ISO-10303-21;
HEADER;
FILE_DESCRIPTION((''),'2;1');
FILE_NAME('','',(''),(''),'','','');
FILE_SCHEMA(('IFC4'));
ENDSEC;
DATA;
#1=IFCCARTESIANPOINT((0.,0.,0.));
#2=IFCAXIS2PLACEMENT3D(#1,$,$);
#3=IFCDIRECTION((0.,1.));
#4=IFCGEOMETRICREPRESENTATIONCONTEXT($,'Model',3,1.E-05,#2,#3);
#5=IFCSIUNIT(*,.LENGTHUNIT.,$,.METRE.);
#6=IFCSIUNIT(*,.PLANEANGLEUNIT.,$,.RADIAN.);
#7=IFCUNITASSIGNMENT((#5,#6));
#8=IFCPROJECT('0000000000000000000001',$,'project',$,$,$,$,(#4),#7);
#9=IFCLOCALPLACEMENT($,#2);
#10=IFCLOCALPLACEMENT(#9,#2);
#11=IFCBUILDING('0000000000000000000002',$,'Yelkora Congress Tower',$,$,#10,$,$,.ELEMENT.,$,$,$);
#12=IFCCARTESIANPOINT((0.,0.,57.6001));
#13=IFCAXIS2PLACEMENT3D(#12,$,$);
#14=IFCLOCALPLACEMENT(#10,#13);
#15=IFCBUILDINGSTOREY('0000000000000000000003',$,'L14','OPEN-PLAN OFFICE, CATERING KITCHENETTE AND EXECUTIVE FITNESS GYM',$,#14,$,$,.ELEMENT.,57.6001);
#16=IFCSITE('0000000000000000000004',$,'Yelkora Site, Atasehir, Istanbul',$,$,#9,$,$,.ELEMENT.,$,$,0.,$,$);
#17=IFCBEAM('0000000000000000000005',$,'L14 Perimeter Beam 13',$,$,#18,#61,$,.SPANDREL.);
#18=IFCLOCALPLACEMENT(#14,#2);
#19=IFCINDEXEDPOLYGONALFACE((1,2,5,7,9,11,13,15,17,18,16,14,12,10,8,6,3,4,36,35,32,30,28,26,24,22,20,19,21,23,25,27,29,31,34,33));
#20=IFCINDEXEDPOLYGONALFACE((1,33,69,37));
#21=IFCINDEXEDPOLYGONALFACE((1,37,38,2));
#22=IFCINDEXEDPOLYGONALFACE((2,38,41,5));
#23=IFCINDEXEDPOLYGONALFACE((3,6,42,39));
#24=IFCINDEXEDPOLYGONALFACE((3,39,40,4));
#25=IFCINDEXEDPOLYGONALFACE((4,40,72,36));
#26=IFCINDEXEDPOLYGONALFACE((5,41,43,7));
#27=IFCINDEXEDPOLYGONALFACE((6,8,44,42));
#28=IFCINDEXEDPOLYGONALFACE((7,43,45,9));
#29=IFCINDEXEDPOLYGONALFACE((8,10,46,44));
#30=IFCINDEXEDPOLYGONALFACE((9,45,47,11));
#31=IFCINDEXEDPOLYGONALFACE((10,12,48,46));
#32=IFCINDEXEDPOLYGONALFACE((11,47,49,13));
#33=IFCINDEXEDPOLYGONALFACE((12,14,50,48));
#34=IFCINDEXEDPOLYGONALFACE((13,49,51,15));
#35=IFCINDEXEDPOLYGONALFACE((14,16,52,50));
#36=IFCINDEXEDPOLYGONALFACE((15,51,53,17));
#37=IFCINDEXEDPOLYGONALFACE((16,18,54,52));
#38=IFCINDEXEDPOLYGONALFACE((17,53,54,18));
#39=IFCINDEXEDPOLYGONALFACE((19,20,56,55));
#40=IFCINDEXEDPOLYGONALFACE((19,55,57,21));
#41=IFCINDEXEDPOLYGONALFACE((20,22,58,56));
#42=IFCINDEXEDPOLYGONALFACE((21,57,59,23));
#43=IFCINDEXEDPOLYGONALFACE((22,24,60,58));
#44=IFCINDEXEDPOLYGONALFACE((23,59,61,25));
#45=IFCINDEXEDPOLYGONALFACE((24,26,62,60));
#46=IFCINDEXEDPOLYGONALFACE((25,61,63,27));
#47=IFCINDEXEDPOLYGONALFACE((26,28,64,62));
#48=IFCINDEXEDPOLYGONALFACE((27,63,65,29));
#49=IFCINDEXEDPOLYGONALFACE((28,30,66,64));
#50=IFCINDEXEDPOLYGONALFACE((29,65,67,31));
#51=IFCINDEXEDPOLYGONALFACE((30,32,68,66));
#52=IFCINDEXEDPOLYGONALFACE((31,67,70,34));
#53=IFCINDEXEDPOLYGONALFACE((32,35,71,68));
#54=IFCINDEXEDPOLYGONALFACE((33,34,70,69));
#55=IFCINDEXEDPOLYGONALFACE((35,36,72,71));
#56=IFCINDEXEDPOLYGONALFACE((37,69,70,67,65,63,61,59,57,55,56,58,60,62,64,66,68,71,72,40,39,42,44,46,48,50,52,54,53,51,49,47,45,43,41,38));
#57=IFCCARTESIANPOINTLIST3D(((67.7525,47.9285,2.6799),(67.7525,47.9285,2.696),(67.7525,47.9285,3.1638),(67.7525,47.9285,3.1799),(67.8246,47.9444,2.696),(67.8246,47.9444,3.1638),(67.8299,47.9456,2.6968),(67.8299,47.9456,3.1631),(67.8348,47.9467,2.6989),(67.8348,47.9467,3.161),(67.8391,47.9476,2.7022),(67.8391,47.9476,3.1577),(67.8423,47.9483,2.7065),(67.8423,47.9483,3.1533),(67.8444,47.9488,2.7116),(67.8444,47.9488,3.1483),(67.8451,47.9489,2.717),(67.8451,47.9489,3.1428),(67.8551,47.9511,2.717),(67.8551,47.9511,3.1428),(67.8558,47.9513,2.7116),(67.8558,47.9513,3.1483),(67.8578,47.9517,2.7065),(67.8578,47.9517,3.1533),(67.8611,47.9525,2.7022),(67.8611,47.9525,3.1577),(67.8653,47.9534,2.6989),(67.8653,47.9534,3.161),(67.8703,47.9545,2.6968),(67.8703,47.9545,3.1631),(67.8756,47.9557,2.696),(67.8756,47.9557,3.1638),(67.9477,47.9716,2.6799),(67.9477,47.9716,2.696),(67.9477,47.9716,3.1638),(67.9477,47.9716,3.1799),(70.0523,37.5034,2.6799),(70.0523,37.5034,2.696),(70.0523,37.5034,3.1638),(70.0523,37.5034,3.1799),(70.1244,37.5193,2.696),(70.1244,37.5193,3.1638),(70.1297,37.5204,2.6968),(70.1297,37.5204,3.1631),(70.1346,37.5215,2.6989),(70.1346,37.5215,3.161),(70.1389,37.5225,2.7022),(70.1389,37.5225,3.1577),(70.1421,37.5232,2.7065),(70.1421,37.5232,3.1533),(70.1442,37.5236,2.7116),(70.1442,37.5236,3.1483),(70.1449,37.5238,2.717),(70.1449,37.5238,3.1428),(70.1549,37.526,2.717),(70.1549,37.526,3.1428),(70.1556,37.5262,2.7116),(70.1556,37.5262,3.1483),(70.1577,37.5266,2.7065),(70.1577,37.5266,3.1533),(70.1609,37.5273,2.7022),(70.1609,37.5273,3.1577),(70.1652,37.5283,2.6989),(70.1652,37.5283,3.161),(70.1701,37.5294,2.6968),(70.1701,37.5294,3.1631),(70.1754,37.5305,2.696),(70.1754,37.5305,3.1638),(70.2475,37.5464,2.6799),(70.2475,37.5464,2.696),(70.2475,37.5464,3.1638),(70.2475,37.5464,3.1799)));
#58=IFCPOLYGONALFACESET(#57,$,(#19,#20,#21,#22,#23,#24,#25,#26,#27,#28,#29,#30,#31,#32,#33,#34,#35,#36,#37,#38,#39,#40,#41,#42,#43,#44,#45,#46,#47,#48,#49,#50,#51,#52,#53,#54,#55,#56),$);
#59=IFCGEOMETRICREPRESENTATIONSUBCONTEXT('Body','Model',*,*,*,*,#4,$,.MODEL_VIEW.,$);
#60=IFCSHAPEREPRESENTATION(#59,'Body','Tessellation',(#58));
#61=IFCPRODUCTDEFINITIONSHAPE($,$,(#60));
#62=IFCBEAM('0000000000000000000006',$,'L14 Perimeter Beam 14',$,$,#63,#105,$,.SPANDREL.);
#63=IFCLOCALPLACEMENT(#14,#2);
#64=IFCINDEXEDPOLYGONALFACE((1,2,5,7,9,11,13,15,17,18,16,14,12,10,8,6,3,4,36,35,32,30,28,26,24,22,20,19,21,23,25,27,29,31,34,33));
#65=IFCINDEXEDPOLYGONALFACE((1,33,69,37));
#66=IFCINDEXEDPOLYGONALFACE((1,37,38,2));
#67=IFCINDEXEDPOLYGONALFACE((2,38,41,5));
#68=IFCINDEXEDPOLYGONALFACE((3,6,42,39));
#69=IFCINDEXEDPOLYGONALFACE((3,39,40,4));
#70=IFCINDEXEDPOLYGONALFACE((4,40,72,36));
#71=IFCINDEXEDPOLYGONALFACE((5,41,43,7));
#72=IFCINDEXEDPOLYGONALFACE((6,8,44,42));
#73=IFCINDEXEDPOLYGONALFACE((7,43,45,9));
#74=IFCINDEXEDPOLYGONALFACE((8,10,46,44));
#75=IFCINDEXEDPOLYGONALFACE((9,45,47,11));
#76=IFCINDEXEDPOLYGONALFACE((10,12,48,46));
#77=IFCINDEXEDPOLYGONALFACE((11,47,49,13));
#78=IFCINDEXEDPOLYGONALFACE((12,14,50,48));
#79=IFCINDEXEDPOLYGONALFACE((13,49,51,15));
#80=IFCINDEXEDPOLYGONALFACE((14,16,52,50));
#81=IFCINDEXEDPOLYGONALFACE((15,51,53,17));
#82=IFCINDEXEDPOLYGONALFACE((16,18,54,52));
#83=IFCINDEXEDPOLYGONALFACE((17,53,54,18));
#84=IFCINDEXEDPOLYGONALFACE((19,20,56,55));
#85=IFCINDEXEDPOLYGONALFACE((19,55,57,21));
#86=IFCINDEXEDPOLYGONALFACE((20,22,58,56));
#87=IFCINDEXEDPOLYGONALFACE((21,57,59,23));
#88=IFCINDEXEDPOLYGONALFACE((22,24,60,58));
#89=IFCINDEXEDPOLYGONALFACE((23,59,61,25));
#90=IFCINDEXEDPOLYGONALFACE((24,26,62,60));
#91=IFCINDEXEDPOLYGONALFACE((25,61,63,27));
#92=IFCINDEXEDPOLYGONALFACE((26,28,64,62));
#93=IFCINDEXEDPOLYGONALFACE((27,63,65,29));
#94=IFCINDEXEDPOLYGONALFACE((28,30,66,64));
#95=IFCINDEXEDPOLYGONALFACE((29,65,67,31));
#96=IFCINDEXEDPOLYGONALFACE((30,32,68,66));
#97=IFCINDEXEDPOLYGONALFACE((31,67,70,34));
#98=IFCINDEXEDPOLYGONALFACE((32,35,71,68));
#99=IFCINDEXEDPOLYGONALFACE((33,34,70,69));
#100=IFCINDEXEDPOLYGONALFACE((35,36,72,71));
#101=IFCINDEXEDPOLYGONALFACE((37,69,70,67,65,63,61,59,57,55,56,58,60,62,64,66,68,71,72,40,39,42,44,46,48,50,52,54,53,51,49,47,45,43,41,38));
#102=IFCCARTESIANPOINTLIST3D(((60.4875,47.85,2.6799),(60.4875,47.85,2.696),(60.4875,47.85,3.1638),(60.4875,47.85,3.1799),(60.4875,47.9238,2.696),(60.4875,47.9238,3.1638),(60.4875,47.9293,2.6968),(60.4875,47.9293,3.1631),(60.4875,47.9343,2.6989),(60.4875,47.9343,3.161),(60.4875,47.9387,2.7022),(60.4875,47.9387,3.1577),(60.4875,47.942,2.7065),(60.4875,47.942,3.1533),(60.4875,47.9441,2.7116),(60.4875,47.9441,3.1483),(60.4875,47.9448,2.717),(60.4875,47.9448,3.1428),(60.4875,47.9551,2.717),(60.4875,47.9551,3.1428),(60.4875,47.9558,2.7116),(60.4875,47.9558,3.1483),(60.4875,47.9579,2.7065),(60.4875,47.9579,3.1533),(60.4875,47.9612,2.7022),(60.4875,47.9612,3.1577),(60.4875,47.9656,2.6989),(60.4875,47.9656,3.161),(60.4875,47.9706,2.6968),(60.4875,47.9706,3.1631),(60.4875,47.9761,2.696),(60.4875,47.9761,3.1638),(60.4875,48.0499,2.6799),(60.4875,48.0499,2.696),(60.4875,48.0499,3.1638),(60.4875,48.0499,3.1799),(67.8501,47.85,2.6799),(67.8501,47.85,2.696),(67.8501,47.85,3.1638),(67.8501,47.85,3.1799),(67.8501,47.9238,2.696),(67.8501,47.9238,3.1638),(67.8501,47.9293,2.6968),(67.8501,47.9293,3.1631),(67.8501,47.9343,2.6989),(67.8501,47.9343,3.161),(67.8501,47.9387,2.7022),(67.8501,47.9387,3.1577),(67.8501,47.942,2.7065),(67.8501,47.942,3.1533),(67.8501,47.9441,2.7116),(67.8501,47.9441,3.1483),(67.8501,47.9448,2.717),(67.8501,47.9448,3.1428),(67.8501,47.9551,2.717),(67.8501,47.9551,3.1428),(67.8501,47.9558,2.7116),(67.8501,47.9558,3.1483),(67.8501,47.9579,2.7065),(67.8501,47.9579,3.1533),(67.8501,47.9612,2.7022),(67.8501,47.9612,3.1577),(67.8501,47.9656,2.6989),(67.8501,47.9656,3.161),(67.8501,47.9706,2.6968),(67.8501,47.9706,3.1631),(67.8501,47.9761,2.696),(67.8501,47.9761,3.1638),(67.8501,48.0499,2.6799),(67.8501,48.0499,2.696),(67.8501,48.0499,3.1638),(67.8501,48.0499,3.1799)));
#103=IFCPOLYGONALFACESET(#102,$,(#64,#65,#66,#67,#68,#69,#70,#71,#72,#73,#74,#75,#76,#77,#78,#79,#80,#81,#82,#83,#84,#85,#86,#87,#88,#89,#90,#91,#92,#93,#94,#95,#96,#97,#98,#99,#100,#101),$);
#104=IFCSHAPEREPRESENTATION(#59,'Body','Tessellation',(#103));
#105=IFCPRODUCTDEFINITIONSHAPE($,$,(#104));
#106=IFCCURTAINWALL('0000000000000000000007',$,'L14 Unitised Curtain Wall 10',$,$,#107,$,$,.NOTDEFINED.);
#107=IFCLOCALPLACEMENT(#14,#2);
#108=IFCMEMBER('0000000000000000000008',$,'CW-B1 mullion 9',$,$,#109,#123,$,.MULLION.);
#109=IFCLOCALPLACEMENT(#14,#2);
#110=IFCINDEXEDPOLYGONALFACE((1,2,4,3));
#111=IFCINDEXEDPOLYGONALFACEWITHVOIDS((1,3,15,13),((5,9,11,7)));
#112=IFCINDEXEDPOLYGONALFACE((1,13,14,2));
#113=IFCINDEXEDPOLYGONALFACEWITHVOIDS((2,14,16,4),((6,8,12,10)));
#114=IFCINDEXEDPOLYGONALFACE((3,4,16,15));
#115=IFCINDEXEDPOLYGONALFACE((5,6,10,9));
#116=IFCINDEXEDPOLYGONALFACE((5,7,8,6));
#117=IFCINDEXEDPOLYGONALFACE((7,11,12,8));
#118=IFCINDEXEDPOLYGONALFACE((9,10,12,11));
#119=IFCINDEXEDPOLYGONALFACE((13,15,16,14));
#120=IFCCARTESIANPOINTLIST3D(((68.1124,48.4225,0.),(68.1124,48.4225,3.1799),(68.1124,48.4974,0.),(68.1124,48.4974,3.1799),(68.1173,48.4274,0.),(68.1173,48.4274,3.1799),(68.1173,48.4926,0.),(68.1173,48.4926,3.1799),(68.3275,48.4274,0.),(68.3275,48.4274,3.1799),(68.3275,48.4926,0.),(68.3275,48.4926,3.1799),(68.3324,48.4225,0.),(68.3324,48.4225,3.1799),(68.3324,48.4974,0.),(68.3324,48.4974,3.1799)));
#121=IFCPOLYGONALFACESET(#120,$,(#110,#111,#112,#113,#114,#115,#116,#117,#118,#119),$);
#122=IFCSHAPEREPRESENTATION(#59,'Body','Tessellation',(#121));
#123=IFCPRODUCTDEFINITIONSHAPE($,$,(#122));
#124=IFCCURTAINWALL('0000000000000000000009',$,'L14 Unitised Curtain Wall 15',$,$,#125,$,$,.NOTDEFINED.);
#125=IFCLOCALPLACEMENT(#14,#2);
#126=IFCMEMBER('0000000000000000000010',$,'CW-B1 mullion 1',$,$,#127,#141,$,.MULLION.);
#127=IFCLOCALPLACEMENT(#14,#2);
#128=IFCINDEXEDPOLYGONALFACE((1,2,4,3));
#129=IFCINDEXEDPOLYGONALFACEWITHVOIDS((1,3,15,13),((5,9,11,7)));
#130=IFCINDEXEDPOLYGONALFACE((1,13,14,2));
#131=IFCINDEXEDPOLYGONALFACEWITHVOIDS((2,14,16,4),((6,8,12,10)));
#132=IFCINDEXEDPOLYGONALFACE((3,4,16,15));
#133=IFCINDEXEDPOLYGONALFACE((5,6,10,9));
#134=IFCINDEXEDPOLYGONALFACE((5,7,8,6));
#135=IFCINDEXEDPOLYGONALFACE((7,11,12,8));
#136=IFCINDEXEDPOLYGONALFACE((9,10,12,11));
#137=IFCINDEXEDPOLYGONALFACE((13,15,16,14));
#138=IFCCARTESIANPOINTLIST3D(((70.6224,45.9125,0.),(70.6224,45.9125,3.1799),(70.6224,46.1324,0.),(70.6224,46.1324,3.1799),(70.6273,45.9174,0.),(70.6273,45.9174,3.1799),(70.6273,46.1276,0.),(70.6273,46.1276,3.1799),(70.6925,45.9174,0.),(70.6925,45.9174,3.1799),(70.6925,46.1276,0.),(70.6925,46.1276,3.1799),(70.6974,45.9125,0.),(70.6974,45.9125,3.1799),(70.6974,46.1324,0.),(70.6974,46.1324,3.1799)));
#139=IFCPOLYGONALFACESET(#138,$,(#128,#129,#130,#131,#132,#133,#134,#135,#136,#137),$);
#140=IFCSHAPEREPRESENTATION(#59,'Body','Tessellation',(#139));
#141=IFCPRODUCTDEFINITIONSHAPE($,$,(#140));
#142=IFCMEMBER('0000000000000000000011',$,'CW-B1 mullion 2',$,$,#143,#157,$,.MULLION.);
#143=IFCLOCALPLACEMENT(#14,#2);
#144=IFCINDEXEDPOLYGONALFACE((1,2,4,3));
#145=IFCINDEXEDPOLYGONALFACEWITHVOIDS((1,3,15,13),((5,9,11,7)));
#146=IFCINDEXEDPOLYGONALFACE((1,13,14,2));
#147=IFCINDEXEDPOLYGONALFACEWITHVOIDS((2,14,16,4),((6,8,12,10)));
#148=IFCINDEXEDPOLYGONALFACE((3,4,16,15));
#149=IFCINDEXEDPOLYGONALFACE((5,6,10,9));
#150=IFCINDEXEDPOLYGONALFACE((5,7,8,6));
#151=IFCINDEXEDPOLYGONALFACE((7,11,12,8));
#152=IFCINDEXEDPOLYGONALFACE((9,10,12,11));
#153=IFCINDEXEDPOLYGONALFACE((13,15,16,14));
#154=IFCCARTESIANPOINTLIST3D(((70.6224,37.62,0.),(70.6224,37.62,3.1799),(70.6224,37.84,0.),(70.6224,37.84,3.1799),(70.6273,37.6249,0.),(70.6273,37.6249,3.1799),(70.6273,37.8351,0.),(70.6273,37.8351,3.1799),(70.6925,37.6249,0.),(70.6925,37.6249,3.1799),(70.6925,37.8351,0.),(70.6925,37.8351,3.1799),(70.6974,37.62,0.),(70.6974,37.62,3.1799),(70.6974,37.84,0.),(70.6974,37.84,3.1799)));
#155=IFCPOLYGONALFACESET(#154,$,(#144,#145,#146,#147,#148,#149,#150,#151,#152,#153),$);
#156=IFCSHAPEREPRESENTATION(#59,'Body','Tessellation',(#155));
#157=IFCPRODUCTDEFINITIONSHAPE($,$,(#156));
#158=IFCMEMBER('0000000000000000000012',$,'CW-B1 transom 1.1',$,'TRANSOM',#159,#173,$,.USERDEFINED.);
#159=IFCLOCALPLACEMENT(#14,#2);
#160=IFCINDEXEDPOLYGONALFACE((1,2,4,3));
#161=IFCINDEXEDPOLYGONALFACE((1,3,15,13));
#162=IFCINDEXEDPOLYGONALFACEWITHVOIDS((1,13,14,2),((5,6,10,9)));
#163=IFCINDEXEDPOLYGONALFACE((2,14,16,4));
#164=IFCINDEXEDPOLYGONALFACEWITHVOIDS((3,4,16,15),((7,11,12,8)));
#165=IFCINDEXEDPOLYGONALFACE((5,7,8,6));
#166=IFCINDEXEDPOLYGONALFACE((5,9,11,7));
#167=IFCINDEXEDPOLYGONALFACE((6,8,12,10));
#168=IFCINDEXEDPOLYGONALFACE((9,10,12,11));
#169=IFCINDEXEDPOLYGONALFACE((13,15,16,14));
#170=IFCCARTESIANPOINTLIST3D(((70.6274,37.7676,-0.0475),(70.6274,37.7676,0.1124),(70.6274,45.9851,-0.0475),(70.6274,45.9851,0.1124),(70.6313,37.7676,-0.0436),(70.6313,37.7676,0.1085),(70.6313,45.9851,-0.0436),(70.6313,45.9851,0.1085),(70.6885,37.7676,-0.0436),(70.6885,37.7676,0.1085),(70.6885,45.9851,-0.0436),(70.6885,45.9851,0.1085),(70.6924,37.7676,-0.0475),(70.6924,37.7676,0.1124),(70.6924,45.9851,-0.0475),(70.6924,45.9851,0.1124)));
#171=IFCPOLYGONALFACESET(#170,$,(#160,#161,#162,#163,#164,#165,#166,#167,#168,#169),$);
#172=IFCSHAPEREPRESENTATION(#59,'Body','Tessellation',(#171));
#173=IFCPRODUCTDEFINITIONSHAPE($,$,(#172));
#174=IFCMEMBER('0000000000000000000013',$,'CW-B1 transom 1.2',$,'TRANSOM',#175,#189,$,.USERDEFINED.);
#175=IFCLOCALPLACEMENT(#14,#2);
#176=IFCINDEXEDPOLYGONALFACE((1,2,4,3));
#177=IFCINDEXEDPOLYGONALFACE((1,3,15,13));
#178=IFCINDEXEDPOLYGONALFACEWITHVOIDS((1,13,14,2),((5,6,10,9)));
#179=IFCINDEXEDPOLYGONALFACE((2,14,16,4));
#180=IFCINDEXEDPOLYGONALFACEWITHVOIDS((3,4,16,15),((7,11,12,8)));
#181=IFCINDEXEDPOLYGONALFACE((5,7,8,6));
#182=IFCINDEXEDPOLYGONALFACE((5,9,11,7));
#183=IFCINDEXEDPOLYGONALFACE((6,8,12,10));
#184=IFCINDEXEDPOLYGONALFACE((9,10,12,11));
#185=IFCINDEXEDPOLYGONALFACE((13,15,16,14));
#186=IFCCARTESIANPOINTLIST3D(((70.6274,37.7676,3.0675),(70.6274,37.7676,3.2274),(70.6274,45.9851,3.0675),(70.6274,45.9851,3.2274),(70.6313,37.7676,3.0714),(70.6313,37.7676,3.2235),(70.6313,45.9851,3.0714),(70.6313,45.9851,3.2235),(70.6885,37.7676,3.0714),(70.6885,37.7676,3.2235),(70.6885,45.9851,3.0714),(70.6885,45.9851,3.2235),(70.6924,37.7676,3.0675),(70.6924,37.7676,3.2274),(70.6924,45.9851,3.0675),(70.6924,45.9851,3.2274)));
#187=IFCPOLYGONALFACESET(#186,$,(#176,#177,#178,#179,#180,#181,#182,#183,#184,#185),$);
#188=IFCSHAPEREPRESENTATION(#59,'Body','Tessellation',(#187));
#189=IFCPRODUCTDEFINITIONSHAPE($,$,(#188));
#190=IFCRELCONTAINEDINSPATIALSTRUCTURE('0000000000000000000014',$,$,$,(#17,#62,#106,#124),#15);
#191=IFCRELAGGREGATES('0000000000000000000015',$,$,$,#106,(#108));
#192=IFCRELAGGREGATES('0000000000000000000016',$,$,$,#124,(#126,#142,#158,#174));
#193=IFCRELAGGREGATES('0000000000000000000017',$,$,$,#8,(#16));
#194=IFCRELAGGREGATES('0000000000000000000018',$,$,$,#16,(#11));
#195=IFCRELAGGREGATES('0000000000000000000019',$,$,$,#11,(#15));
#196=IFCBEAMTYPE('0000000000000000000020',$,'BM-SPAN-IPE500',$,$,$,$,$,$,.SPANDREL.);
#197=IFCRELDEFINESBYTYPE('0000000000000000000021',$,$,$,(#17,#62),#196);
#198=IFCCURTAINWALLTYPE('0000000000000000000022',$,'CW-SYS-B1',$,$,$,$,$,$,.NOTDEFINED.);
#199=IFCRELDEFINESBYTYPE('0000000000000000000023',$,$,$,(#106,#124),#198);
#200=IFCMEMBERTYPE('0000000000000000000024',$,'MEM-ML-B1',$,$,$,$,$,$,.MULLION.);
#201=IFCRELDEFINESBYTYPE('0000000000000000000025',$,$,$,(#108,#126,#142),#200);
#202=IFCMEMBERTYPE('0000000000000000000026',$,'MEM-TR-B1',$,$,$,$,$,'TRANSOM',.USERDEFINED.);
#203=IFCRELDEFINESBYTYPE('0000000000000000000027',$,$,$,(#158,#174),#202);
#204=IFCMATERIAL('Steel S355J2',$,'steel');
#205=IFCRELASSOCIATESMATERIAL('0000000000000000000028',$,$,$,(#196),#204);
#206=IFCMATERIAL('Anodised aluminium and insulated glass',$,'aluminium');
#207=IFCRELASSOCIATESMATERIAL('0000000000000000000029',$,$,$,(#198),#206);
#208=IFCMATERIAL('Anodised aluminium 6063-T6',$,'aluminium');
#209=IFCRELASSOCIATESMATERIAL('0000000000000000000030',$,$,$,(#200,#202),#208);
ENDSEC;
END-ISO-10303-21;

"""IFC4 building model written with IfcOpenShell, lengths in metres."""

from ifc_helpers import new_model, si_unit, direction, frame, origin, origin_2d, place, context, subcontext, project, spatial, hollow_rectangle, i_section, extrude, material, material_profile, profile_set, type_object, element, aggregate, save


model = new_model("IFC4")

# Units and contexts
model_context = context("Model", 3, precision=1e-05, world=origin(), true_north=direction((0.0, 1.0)))
body_context = subcontext(model_context, "Body", "Model", "MODEL_VIEW")
ifc_project = project(units=[si_unit("LENGTHUNIT", "METRE"), si_unit("PLANEANGLEUNIT", "RADIAN")], contexts=[model_context])

# Site, building, storey
site_placement = place(None, origin())
site = spatial("IfcSite", under=ifc_project, at=site_placement, Name="Yelkora Site, Atasehir, Istanbul", CompositionType="ELEMENT", RefElevation=0.0)
building_placement = place(site_placement, origin())
building = spatial("IfcBuilding", under=site, at=building_placement, Name="Yelkora Congress Tower", CompositionType="ELEMENT")
storey_placement = place(building_placement, frame((0.0, 0.0, 57.6001)))
storey = spatial("IfcBuildingStorey", under=building, at=storey_placement, Name="L14", Description="OPEN-PLAN OFFICE, CATERING KITCHENETTE AND EXECUTIVE FITNESS GYM", CompositionType="ELEMENT", Elevation=57.6001)

# Beams
ifc_material_1 = material(Name="Steel S355J2", Category="steel")
ifc_material_profile_1 = material_profile(ifc_material_1, i_section(OverallWidth=0.2, OverallDepth=0.5, WebThickness=0.0103, FlangeThickness=0.0161, FilletRadius=0.021, at=origin_2d()), Name="IPE 500")
ifc_profile_set_1 = profile_set([ifc_material_profile_1], Name="Steel S355J2")
beam_type_1 = type_object("IfcBeamType", Name="BM-SPAN-IPE500", PredefinedType="SPANDREL", material=ifc_profile_set_1)
beam_1_placement = place(storey_placement, frame((70.1499, 37.5249, 2.9299), z_axis=(-0.215424, 0.976521, 0.0), x_axis=(-0.976521, -0.215424, 0.0)))
element("IfcBeam", 1, at=beam_1_placement, inside=storey, type_object=beam_type_1, Name="L14 Perimeter Beam 13", PredefinedType="SPANDREL", context=body_context, shape_type="SweptSolid", body=[
    extrude(i_section(OverallWidth=0.2, OverallDepth=0.5, WebThickness=0.0103, FlangeThickness=0.0161, FilletRadius=0.021, at=origin_2d()), origin(), (0.0, 0.0, 1.0), 10.6758),
])
beam_2_placement = place(storey_placement, frame((67.8501, 47.95, 2.9299), z_axis=(-1.0, 0.0, 0.0), x_axis=(0.0, -1.0, 0.0)))
element("IfcBeam", 2, at=beam_2_placement, inside=storey, type_object=beam_type_1, Name="L14 Perimeter Beam 14", PredefinedType="SPANDREL", context=body_context, shape_type="SweptSolid", body=[
    extrude(i_section(OverallWidth=0.2, OverallDepth=0.5, WebThickness=0.0103, FlangeThickness=0.0161, FilletRadius=0.021, at=origin_2d()), origin(), (0.0, 0.0, 1.0), 7.3625),
])

# Curtain wall, member
ifc_material_2 = material(Name="Anodised aluminium and insulated glass", Category="aluminium")
curtain_wall_type = type_object("IfcCurtainWallType", Name="CW-SYS-B1", PredefinedType="NOTDEFINED", material=ifc_material_2)
curtain_wall_1_placement = place(storey_placement, origin())
curtain_wall_1 = element("IfcCurtainWall", 3, at=curtain_wall_1_placement, inside=storey, type_object=curtain_wall_type, Name="L14 Unitised Curtain Wall 10", PredefinedType="NOTDEFINED")
ifc_material_3 = material(Name="Anodised aluminium 6063-T6", Category="aluminium")
ifc_material_profile_2 = material_profile(ifc_material_3, hollow_rectangle(XDim=0.075, YDim=0.22, WallThickness=0.0049, at=origin_2d()), Name="ALU 75x220x5")
ifc_profile_set_2 = profile_set([ifc_material_profile_2], Name="Anodised aluminium 6063-T6")
member_type_1 = type_object("IfcMemberType", Name="MEM-ML-B1", PredefinedType="MULLION", material=ifc_profile_set_2)
member_1_placement = place(storey_placement, frame((68.2224, 48.46, 0.0), z_axis=(0.0, 0.0, 1.0), x_axis=(0.0, 1.0, 0.0)))
member_1 = element("IfcMember", 4, at=member_1_placement, type_object=member_type_1, Name="CW-B1 mullion 9", PredefinedType="MULLION", context=body_context, shape_type="SweptSolid", body=[
    extrude(hollow_rectangle(XDim=0.075, YDim=0.22, WallThickness=0.0049, at=origin_2d()), origin(), (0.0, 0.0, 1.0), 3.1799),
])

# Curtain wall, members
curtain_wall_2_placement = place(storey_placement, origin())
curtain_wall_2 = element("IfcCurtainWall", 5, at=curtain_wall_2_placement, inside=storey, type_object=curtain_wall_type, Name="L14 Unitised Curtain Wall 15", PredefinedType="NOTDEFINED")
member_2_placement = place(storey_placement, frame((70.6599, 46.0225, 0.0), z_axis=(0.0, 0.0, 1.0), x_axis=(1.0, 0.0, 0.0)))
member_2 = element("IfcMember", 6, at=member_2_placement, type_object=member_type_1, Name="CW-B1 mullion 1", PredefinedType="MULLION", context=body_context, shape_type="SweptSolid", body=[
    extrude(hollow_rectangle(XDim=0.075, YDim=0.22, WallThickness=0.0049, at=origin_2d()), origin(), (0.0, 0.0, 1.0), 3.1799),
])
member_3_placement = place(storey_placement, frame((70.6599, 37.73, 0.0), z_axis=(0.0, 0.0, 1.0), x_axis=(1.0, 0.0, 0.0)))
member_3 = element("IfcMember", 7, at=member_3_placement, type_object=member_type_1, Name="CW-B1 mullion 2", PredefinedType="MULLION", context=body_context, shape_type="SweptSolid", body=[
    extrude(hollow_rectangle(XDim=0.075, YDim=0.22, WallThickness=0.0049, at=origin_2d()), origin(), (0.0, 0.0, 1.0), 3.1799),
])
ifc_material_profile_3 = material_profile(ifc_material_3, hollow_rectangle(XDim=0.0649, YDim=0.1599, WallThickness=0.0039, at=origin_2d()), Name="ALU 65x160x4")
ifc_profile_set_3 = profile_set([ifc_material_profile_3], Name="Anodised aluminium 6063-T6")
member_type_2 = type_object("IfcMemberType", Name="MEM-TR-B1", ElementType="TRANSOM", PredefinedType="USERDEFINED", material=ifc_profile_set_3)
member_4_placement = place(storey_placement, frame((70.6599, 45.9851, 0.0325), z_axis=(0.0, -1.0, 0.0), x_axis=(1.0, 0.0, 0.0)))
member_4 = element("IfcMember", 8, at=member_4_placement, type_object=member_type_2, Name="CW-B1 transom 1.1", ObjectType="TRANSOM", PredefinedType="USERDEFINED", context=body_context, shape_type="SweptSolid", body=[
    extrude(hollow_rectangle(XDim=0.0649, YDim=0.1599, WallThickness=0.0039, at=origin_2d()), origin(), (0.0, 0.0, 1.0), 8.2175),
])
member_5_placement = place(storey_placement, frame((70.6599, 45.9851, 3.1475), z_axis=(0.0, -1.0, 0.0), x_axis=(1.0, 0.0, 0.0)))
member_5 = element("IfcMember", 9, at=member_5_placement, type_object=member_type_2, Name="CW-B1 transom 1.2", ObjectType="TRANSOM", PredefinedType="USERDEFINED", context=body_context, shape_type="SweptSolid", body=[
    extrude(hollow_rectangle(XDim=0.0649, YDim=0.1599, WallThickness=0.0039, at=origin_2d()), origin(), (0.0, 0.0, 1.0), 8.2175),
])

aggregate(curtain_wall_1, [member_1])
aggregate(curtain_wall_2, [member_2, member_3, member_4, member_5])

save(model, "model.ifc")
